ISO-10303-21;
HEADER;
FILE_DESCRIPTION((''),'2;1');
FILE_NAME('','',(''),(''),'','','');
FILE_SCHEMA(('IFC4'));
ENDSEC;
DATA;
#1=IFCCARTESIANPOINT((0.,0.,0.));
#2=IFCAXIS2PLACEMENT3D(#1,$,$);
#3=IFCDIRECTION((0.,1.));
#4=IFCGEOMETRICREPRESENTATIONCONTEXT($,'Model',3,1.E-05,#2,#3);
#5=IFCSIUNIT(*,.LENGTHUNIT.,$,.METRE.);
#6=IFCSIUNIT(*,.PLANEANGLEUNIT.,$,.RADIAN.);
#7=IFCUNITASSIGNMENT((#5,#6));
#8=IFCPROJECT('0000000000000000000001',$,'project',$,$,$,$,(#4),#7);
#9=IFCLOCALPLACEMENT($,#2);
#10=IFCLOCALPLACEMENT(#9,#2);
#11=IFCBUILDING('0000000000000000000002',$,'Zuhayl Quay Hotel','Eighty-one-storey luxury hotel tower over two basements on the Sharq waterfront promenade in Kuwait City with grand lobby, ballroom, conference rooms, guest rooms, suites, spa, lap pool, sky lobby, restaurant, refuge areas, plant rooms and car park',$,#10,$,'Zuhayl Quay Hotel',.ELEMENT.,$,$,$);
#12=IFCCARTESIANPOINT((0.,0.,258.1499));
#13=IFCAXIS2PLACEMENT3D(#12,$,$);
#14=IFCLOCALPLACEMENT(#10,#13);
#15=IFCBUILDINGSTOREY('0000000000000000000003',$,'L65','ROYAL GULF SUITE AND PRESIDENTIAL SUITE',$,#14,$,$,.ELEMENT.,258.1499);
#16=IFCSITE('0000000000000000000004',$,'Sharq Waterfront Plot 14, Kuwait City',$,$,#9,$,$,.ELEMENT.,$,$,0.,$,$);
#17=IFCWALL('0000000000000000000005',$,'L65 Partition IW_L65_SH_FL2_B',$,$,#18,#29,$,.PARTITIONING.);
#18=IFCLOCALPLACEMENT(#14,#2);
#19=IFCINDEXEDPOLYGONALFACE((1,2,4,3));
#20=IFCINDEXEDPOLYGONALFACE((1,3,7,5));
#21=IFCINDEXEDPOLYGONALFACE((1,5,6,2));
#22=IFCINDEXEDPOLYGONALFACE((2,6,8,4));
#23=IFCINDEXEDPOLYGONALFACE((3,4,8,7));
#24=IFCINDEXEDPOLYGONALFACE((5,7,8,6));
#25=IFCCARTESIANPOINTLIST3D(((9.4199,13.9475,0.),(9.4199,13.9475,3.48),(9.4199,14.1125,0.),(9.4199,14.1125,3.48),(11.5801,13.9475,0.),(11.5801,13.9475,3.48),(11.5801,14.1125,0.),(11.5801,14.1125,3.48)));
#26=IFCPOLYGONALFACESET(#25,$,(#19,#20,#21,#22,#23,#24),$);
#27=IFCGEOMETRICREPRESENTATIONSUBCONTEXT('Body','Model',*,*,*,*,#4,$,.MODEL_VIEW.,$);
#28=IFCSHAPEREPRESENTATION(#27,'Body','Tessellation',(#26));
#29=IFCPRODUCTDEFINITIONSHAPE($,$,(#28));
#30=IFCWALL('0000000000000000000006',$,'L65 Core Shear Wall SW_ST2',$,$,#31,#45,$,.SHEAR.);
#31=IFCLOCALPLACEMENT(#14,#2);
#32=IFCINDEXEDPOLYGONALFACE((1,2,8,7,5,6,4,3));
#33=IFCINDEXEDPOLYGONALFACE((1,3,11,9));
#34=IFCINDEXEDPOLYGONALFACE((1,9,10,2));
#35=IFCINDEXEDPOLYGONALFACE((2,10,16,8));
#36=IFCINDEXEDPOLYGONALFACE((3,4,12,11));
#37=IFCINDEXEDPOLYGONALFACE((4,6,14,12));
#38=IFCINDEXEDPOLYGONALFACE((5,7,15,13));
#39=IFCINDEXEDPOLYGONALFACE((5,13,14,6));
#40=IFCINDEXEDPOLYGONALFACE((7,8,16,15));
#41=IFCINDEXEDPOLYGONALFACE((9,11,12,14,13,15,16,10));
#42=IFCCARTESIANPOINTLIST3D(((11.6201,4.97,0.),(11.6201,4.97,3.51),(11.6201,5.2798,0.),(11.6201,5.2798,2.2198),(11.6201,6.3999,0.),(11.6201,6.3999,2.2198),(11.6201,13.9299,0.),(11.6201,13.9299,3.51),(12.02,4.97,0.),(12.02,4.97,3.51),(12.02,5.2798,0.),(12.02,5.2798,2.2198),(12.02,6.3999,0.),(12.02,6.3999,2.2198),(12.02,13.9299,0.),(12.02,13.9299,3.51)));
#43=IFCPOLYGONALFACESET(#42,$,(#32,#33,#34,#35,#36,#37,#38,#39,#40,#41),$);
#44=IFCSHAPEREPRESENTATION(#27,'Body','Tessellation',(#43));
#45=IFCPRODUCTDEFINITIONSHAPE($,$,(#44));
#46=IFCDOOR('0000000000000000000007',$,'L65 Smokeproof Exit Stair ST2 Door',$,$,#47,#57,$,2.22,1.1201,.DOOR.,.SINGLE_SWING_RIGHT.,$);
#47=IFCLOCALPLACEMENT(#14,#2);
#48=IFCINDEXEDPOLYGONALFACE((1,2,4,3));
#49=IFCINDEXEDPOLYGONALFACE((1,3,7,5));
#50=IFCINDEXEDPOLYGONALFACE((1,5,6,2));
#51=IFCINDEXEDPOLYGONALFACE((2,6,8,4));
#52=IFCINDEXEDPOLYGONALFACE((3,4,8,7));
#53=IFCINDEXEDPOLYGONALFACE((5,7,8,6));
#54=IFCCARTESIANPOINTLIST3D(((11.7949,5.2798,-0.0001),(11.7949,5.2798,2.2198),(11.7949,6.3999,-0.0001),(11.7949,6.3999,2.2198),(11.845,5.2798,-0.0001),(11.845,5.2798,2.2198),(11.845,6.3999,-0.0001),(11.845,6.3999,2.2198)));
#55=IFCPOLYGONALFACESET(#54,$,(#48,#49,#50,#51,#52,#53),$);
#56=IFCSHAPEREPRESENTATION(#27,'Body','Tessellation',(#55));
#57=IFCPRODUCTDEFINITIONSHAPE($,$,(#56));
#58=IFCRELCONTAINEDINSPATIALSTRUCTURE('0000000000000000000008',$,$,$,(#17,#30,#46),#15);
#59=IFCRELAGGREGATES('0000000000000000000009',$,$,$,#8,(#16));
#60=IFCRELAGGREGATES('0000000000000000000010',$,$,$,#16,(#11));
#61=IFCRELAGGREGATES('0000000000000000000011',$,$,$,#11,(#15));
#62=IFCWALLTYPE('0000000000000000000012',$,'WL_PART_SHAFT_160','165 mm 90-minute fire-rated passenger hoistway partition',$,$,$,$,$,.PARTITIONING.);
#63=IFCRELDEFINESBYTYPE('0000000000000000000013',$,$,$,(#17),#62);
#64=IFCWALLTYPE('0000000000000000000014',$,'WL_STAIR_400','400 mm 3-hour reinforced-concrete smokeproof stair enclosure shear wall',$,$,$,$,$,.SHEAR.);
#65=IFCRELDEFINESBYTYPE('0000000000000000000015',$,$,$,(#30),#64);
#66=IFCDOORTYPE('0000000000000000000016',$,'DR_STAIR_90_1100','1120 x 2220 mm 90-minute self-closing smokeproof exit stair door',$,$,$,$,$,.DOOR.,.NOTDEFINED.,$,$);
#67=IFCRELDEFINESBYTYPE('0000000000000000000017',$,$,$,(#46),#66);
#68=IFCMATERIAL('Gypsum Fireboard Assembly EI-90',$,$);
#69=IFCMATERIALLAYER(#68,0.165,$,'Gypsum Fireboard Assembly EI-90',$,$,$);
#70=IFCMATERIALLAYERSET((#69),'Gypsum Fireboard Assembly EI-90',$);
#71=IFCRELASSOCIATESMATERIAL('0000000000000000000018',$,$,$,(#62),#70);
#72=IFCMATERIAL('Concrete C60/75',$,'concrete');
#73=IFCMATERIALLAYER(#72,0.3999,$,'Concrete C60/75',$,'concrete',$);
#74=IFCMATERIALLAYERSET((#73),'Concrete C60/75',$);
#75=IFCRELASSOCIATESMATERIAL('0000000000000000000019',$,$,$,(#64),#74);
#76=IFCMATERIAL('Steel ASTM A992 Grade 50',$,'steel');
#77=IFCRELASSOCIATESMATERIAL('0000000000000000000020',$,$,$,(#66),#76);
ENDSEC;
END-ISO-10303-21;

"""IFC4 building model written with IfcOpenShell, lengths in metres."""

from ifc_helpers import new_model, si_unit, direction, frame, frame_2d, origin, place, context, subcontext, project, spatial, rectangle, extrude, material, layer, layer_set, type_object, element, fill, save


model = new_model("IFC4")

# Units and contexts
model_context = context("Model", 3, precision=1e-05, world=origin(), true_north=direction((0.0, 1.0)))
body_context = subcontext(model_context, "Body", "Model", "MODEL_VIEW")
ifc_project = project(units=[si_unit("LENGTHUNIT", "METRE"), si_unit("PLANEANGLEUNIT", "RADIAN")], contexts=[model_context])

# Site, building, storey
site_placement = place(None, origin())
site = spatial("IfcSite", under=ifc_project, at=site_placement, Name="Sharq Waterfront Plot 14, Kuwait City", CompositionType="ELEMENT", RefElevation=0.0)
building_placement = place(site_placement, origin())
building = spatial("IfcBuilding", under=site, at=building_placement, Name="Zuhayl Quay Hotel", Description="Eighty-one-storey luxury hotel tower over two basements on the Sharq waterfront promenade in Kuwait City with grand lobby, ballroom, conference rooms, guest rooms, suites, spa, lap pool, sky lobby, restaurant, refuge areas, plant rooms and car park", LongName="Zuhayl Quay Hotel", CompositionType="ELEMENT")
storey_placement = place(building_placement, frame((0.0, 0.0, 258.1499)))
storey = spatial("IfcBuildingStorey", under=building, at=storey_placement, Name="L65", Description="ROYAL GULF SUITE AND PRESIDENTIAL SUITE", CompositionType="ELEMENT", Elevation=258.1499)

# Shared definitions
ifc_material_1 = material(Name="Steel ASTM A992 Grade 50", Category="steel")

# Wall
ifc_material_2 = material(Name="Gypsum Fireboard Assembly EI-90")
ifc_layer_1 = layer(ifc_material_2, 0.165, Name="Gypsum Fireboard Assembly EI-90")
ifc_layer_set_1 = layer_set([ifc_layer_1], Name="Gypsum Fireboard Assembly EI-90")
wall_type_1 = type_object("IfcWallType", Name="WL_PART_SHAFT_160", Description="165 mm 90-minute fire-rated passenger hoistway partition", PredefinedType="PARTITIONING", material=ifc_layer_set_1)
wall_1_placement = place(storey_placement, frame((9.4199, 14.03, 0.0), z_axis=(0.0, 0.0, 1.0), x_axis=(1.0, 0.0, 0.0)))
element("IfcWall", 1, at=wall_1_placement, inside=storey, type_object=wall_type_1, Name="L65 Partition IW_L65_SH_FL2_B", PredefinedType="PARTITIONING", context=body_context, shape_type="SweptSolid", body=[
    extrude(rectangle(XDim=2.1602, YDim=0.165, at=frame_2d((1.0801, 0.0))), origin(), (0.0, 0.0, 1.0), 3.48),
])

# Wall, opening, door
ifc_material_3 = material(Name="Concrete C60/75", Category="concrete")
ifc_layer_2 = layer(ifc_material_3, 0.3999, Name="Concrete C60/75", Category="concrete")
ifc_layer_set_2 = layer_set([ifc_layer_2], Name="Concrete C60/75")
wall_type_2 = type_object("IfcWallType", Name="WL_STAIR_400", Description="400 mm 3-hour reinforced-concrete smokeproof stair enclosure shear wall", PredefinedType="SHEAR", material=ifc_layer_set_2)
wall_2_placement = place(storey_placement, frame((11.8201, 13.9299, 0.0), z_axis=(0.0, 0.0, 1.0), x_axis=(0.0, -1.0, 0.0)))
wall_2 = element("IfcWall", 2, at=wall_2_placement, inside=storey, type_object=wall_type_2, Name="L65 Core Shear Wall SW_ST2", PredefinedType="SHEAR", context=body_context, shape_type="SweptSolid", body=[
    extrude(rectangle(XDim=8.96, YDim=0.3999, at=frame_2d((4.48, 0.0))), origin(), (0.0, 0.0, 1.0), 3.51),
])
opening_1_placement = place(wall_2_placement, frame((7.53, 0.0, 0.0)))
opening_1 = element("IfcOpeningElement", 3, at=opening_1_placement, cuts=wall_2, PredefinedType="OPENING", context=body_context, shape_type="SweptSolid", body=[
    extrude(rectangle(XDim=1.1201, YDim=2.22, at=frame_2d((0.5601, 1.1099))), frame((0.0, 0.21, 0.0), z_axis=(0.0, -1.0, 0.0), x_axis=(1.0, 0.0, 0.0)), (0.0, 0.0, 1.0), 0.4199),
])
door_type_1 = type_object("IfcDoorType", Name="DR_STAIR_90_1100", Description="1120 x 2220 mm 90-minute self-closing smokeproof exit stair door", OperationType="NOTDEFINED", PredefinedType="DOOR", material=ifc_material_1)
door_1_placement = place(opening_1_placement, origin())
door_1 = element("IfcDoor", 4, at=door_1_placement, inside=storey, type_object=door_type_1, Name="L65 Smokeproof Exit Stair ST2 Door", OperationType="SINGLE_SWING_RIGHT", OverallHeight=2.22, OverallWidth=1.1201, PredefinedType="DOOR", context=body_context, shape_type="SweptSolid", body=[
    extrude(rectangle(XDim=1.1201, YDim=2.22, at=frame_2d((0.5601, 1.1099))), frame((0.0, 0.0249, 0.0), z_axis=(0.0, -1.0, 0.0), x_axis=(1.0, 0.0, 0.0)), (0.0, 0.0, 1.0), 0.05),
])
fill(opening_1, door_1)

save(model, "model.ifc")
